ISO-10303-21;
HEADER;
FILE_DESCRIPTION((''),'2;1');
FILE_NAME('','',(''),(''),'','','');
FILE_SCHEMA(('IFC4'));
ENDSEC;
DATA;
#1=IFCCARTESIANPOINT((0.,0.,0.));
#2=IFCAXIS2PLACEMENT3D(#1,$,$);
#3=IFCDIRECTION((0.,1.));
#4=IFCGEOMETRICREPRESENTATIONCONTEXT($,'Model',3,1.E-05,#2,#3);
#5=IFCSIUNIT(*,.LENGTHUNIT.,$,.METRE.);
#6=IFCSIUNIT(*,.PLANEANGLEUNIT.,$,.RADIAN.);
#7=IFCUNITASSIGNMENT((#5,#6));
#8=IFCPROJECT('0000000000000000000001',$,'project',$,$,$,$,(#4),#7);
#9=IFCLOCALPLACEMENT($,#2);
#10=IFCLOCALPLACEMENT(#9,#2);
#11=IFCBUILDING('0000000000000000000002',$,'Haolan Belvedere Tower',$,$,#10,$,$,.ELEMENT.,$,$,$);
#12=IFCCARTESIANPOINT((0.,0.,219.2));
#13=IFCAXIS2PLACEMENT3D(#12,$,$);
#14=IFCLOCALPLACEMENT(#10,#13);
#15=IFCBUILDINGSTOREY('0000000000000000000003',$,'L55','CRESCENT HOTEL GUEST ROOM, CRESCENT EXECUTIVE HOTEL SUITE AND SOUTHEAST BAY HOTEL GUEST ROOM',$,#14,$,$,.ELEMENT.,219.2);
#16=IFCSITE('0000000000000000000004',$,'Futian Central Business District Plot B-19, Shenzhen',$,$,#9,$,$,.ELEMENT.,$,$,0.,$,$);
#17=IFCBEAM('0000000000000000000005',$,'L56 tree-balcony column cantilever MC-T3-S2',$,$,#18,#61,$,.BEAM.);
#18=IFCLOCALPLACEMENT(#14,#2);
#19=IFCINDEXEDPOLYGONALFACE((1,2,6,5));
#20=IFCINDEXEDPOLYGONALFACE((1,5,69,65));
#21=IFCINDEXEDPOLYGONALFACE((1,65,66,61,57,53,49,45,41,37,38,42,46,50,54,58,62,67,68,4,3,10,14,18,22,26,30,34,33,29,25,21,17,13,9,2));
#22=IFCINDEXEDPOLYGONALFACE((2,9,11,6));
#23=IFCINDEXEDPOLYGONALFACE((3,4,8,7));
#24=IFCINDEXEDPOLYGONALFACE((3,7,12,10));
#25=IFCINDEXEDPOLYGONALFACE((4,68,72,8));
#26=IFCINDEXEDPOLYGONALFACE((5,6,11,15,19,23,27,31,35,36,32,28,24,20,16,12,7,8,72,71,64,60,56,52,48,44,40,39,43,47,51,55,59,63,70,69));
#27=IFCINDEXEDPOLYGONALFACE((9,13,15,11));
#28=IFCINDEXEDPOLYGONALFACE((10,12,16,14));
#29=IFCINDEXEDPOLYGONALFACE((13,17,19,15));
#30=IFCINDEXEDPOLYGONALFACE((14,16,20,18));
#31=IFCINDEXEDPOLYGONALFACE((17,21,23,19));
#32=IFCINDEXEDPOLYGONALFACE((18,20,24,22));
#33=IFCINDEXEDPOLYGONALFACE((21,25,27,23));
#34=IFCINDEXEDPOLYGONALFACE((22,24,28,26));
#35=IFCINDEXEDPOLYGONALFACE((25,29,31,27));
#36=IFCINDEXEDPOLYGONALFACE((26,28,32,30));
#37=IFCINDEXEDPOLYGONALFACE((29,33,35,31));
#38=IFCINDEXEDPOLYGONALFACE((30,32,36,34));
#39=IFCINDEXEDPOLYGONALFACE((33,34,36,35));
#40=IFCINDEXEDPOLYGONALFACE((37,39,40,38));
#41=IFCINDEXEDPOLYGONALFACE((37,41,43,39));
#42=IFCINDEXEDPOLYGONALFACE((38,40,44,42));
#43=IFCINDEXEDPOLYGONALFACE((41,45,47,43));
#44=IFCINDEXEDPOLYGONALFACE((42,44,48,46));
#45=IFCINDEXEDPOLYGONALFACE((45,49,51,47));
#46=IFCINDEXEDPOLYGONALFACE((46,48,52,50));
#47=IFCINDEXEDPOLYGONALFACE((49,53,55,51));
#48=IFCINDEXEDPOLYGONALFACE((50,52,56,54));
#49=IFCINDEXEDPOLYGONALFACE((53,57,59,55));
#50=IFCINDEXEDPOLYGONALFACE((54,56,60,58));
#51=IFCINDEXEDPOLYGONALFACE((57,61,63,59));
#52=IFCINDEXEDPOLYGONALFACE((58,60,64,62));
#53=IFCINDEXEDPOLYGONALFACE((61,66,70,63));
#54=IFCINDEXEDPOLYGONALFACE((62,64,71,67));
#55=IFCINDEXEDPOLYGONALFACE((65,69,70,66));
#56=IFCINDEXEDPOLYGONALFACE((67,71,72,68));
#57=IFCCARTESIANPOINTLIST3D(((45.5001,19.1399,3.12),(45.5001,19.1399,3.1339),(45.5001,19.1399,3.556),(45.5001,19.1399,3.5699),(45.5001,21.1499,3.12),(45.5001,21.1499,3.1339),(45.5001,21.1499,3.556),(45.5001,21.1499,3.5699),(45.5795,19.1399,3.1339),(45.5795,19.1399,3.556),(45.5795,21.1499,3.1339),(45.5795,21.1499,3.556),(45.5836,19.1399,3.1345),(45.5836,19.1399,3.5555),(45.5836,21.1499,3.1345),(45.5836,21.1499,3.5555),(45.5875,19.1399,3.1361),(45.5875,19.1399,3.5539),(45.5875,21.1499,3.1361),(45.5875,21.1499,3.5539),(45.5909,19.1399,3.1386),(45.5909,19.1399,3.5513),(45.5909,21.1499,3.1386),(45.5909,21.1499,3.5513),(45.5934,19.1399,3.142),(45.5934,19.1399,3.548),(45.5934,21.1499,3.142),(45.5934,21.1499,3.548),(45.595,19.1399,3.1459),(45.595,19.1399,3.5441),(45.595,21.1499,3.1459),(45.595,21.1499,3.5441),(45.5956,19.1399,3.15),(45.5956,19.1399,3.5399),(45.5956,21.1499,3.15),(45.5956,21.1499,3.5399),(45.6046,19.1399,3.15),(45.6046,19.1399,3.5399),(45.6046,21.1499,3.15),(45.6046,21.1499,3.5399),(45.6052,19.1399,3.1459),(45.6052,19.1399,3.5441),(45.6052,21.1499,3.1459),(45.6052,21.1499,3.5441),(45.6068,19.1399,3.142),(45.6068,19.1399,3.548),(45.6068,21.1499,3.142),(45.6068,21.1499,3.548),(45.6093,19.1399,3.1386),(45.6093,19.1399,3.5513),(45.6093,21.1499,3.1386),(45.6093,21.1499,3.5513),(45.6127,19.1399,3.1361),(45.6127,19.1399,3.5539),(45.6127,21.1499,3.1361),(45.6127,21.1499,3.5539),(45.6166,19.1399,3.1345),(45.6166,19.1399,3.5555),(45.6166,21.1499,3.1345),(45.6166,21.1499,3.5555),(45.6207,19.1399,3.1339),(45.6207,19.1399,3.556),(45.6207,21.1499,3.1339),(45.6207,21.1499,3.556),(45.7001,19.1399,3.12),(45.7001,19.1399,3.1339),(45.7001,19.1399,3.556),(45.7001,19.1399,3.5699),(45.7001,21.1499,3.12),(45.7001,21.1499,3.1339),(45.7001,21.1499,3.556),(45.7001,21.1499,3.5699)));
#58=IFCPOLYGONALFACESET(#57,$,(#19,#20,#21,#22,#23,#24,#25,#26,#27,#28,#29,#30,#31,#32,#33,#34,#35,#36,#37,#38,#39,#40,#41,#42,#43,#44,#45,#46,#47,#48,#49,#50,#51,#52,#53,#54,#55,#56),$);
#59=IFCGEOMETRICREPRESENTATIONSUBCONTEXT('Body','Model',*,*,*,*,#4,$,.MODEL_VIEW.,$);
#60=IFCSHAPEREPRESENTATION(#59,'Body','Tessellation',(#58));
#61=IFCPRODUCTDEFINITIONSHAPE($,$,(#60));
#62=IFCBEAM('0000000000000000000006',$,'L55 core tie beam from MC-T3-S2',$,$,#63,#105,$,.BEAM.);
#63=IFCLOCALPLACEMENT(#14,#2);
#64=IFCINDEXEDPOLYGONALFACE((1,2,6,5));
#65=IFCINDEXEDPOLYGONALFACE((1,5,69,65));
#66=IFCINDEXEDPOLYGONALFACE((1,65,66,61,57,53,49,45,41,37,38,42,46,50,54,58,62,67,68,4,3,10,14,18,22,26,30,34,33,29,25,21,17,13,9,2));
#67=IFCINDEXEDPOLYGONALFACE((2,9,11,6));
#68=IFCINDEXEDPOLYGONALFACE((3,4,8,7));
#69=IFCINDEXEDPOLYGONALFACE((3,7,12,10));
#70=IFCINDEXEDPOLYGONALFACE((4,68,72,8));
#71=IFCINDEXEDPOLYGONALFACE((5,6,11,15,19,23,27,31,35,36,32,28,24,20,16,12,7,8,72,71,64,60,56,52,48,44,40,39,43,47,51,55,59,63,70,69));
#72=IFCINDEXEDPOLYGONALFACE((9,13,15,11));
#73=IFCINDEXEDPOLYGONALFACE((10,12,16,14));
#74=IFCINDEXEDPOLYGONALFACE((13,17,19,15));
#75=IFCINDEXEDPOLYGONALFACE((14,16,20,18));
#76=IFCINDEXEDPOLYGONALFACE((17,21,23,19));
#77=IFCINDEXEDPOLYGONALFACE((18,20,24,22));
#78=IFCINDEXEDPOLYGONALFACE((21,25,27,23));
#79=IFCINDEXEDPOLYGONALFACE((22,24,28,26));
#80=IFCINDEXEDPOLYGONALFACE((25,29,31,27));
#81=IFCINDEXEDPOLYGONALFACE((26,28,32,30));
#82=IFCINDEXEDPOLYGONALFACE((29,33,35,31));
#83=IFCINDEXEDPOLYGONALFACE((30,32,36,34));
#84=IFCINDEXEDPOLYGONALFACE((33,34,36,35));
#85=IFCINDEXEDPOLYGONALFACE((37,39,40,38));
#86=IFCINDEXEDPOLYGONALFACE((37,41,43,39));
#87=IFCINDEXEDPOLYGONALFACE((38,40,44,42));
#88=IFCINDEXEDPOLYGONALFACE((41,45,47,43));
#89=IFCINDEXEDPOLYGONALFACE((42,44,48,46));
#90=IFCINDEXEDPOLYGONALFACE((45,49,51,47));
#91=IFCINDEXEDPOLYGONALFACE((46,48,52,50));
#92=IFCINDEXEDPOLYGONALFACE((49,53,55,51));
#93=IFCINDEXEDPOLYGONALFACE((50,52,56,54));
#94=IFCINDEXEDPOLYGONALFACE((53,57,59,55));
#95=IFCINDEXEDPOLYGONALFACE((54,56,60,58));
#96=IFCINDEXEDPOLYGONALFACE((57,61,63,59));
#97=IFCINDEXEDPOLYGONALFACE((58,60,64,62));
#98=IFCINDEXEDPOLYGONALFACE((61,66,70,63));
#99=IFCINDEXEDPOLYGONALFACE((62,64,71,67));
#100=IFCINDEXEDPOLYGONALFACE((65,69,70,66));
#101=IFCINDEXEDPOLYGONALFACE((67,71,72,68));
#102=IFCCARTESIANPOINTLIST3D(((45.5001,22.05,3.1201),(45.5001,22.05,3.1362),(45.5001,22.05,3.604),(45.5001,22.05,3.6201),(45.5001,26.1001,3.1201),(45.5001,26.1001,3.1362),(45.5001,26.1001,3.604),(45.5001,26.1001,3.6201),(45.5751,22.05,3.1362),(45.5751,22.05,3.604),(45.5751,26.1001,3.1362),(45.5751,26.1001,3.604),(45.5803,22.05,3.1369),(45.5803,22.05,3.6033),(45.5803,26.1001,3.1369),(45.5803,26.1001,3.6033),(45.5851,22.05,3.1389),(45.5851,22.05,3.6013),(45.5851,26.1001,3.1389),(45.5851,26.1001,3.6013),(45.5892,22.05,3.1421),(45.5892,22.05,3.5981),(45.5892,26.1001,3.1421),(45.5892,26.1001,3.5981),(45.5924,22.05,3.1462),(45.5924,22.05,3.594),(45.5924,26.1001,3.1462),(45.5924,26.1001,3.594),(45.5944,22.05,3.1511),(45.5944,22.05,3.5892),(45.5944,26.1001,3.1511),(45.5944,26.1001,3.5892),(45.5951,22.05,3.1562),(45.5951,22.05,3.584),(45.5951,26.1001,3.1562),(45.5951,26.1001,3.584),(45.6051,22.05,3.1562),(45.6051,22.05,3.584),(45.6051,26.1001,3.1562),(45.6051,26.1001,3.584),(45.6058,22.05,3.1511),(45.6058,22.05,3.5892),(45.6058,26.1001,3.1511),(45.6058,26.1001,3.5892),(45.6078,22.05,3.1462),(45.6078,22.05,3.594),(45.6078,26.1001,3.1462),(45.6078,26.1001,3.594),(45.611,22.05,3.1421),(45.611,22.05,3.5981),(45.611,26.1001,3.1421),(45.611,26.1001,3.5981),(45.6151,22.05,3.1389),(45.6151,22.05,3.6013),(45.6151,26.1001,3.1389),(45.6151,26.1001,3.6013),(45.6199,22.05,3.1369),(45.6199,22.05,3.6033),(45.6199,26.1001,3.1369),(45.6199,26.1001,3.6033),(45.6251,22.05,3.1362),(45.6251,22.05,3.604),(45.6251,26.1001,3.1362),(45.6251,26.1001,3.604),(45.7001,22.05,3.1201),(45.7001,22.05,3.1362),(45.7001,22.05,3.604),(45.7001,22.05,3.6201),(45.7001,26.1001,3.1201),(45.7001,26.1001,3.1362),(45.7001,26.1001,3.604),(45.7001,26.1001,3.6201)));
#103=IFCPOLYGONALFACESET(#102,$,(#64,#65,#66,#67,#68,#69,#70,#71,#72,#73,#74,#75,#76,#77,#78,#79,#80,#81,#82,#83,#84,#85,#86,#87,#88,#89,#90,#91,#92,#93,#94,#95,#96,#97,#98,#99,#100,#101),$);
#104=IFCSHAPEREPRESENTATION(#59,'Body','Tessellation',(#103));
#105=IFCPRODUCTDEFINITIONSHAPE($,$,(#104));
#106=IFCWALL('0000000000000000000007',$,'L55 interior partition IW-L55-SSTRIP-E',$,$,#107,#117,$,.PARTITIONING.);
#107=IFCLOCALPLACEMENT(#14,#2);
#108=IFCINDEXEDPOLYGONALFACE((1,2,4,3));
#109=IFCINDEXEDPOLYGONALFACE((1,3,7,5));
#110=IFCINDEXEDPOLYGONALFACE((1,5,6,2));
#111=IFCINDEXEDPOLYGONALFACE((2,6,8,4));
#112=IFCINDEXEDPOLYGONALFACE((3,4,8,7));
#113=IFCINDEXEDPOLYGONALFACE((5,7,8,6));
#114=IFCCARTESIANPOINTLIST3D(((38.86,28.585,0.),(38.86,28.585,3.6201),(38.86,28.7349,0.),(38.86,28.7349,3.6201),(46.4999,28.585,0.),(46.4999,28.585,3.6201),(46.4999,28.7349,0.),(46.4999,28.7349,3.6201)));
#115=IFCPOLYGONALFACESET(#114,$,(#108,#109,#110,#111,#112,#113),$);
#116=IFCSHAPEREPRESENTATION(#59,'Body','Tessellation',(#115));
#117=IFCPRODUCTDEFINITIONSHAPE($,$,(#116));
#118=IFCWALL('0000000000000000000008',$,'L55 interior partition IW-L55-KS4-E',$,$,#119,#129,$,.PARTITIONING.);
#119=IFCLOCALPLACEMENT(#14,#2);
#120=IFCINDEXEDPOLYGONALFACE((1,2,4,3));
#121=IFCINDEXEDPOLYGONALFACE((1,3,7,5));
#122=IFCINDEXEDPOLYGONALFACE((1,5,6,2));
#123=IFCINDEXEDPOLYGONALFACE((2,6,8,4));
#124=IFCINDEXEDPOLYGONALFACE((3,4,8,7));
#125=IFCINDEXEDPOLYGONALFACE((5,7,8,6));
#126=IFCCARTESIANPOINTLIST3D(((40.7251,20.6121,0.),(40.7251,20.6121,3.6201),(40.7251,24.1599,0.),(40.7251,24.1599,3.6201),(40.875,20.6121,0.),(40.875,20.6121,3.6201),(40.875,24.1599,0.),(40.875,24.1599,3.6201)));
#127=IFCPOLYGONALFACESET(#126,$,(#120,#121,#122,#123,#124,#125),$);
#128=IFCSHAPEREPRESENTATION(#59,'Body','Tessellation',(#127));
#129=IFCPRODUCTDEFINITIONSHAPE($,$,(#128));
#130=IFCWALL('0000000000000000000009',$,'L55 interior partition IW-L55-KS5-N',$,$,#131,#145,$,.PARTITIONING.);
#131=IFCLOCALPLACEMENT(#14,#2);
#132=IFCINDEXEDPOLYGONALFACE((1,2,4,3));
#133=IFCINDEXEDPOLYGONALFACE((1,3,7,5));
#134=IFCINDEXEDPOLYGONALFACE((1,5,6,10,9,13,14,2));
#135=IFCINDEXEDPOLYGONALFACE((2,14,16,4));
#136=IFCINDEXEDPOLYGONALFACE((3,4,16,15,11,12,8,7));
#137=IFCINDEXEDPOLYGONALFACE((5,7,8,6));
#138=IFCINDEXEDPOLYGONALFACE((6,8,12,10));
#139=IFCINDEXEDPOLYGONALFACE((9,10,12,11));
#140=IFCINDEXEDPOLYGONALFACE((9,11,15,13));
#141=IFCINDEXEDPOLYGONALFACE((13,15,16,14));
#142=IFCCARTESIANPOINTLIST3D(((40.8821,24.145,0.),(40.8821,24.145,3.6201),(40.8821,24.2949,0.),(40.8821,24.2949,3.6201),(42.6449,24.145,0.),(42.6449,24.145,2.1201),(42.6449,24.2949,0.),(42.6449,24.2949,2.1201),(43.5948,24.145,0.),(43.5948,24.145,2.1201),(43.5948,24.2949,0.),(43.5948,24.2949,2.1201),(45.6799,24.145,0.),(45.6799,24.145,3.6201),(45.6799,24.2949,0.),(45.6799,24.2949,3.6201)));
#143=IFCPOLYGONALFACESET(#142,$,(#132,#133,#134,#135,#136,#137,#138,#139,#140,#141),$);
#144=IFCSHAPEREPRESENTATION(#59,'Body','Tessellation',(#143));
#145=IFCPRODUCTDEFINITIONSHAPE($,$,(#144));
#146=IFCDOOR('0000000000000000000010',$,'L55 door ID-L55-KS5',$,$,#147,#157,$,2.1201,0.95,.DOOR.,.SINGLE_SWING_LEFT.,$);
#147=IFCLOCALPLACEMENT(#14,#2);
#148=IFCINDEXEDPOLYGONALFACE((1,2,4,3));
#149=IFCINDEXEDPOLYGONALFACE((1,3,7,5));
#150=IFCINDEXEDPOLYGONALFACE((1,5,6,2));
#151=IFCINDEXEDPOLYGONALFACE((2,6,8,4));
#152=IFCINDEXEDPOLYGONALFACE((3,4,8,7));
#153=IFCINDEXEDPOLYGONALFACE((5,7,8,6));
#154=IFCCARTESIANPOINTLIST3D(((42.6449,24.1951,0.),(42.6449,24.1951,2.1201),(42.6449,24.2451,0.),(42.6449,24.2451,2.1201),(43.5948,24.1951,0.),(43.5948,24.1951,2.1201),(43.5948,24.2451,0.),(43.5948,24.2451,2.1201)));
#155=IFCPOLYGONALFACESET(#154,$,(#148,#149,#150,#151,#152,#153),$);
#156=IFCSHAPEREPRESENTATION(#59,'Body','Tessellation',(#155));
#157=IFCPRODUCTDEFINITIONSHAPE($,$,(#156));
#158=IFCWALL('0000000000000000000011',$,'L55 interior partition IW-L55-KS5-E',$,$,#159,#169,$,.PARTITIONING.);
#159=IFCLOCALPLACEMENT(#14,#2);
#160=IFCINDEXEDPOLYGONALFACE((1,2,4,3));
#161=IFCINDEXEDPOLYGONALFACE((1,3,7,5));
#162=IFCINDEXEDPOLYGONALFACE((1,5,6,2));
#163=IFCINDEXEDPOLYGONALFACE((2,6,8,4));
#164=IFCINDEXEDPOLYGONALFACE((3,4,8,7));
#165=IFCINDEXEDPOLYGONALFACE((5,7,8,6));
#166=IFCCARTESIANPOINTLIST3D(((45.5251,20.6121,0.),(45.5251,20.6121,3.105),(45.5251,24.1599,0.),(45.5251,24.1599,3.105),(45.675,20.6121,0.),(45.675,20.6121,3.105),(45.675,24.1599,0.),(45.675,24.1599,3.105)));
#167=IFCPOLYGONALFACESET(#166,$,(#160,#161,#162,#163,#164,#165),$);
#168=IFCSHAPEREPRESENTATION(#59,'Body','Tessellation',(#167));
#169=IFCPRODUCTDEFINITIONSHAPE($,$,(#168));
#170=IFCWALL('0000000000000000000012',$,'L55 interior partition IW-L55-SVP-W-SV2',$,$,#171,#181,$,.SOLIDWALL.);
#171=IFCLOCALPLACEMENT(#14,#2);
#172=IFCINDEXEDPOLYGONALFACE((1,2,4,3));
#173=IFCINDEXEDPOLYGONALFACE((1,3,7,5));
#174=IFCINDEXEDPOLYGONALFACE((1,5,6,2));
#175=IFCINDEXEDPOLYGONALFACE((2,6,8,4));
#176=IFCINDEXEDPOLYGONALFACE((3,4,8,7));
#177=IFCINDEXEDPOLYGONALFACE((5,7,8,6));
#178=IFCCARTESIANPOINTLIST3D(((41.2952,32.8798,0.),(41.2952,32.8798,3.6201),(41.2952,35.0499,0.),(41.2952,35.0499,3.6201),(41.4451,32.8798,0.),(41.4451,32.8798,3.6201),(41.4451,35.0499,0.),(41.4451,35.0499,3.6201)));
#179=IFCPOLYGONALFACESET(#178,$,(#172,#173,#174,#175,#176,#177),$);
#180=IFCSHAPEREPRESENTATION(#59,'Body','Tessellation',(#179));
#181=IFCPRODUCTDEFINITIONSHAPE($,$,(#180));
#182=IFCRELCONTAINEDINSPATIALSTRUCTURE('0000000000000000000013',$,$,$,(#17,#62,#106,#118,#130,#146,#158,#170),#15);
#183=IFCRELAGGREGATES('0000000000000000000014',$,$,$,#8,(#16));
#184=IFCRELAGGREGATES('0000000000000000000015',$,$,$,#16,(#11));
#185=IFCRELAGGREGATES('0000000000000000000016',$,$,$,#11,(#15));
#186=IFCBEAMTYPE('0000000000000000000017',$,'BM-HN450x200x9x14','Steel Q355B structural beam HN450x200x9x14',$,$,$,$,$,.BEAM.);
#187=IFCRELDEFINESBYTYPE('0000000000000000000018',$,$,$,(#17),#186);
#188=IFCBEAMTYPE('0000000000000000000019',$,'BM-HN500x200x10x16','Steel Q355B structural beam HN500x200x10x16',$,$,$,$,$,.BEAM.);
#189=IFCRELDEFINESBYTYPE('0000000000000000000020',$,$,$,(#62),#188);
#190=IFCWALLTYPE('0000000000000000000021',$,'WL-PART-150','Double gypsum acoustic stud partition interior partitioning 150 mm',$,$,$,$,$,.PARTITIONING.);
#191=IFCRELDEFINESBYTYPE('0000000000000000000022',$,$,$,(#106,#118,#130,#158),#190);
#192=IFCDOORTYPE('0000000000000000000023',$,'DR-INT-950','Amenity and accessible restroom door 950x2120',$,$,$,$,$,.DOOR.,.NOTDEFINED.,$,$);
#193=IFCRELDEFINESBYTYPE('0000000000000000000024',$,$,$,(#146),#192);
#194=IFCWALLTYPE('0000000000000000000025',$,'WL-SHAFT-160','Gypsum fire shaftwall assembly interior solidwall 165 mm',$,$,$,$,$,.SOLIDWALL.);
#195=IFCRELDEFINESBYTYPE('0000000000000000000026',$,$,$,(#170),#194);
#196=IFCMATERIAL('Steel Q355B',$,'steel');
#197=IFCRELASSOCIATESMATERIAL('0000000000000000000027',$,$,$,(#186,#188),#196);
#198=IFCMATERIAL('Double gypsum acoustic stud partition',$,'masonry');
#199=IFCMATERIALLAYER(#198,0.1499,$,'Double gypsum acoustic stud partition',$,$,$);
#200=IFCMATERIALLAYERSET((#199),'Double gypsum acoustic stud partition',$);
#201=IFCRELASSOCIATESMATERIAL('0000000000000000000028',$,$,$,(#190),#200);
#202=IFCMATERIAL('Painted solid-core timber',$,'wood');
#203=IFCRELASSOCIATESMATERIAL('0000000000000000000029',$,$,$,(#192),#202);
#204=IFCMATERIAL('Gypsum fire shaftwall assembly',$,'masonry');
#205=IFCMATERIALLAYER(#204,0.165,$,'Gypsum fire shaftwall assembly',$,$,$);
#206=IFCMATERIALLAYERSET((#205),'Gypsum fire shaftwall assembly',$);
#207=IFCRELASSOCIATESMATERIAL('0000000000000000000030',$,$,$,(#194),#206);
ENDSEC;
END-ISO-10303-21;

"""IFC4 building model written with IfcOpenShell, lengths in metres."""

from ifc_helpers import new_model, si_unit, direction, frame, frame_2d, origin, origin_2d, place, context, subcontext, project, spatial, rectangle, i_section, extrude, material, layer, layer_set, material_profile, profile_set, type_object, element, fill, save


model = new_model("IFC4")

# Units and contexts
model_context = context("Model", 3, precision=1e-05, world=origin(), true_north=direction((0.0, 1.0)))
body_context = subcontext(model_context, "Body", "Model", "MODEL_VIEW")
ifc_project = project(units=[si_unit("LENGTHUNIT", "METRE"), si_unit("PLANEANGLEUNIT", "RADIAN")], contexts=[model_context])

# Site, building, storey
site_placement = place(None, origin())
site = spatial("IfcSite", under=ifc_project, at=site_placement, Name="Futian Central Business District Plot B-19, Shenzhen", CompositionType="ELEMENT", RefElevation=0.0)
building_placement = place(site_placement, origin())
building = spatial("IfcBuilding", under=site, at=building_placement, Name="Haolan Belvedere Tower", CompositionType="ELEMENT")
storey_placement = place(building_placement, frame((0.0, 0.0, 219.2)))
storey = spatial("IfcBuildingStorey", under=building, at=storey_placement, Name="L55", Description="CRESCENT HOTEL GUEST ROOM, CRESCENT EXECUTIVE HOTEL SUITE AND SOUTHEAST BAY HOTEL GUEST ROOM", CompositionType="ELEMENT", Elevation=219.2)

# Beams
ifc_material_1 = material(Name="Steel Q355B", Category="steel")
ifc_material_profile_1 = material_profile(ifc_material_1, i_section(OverallWidth=0.2, OverallDepth=0.45, WebThickness=0.009, FlangeThickness=0.0139, FilletRadius=0.0161, at=origin_2d()), Name="Steel Q355B")
ifc_profile_set_1 = profile_set([ifc_material_profile_1], Name="Steel Q355B")
beam_type_1 = type_object("IfcBeamType", Name="BM-HN450x200x9x14", Description="Steel Q355B structural beam HN450x200x9x14", PredefinedType="BEAM", material=ifc_profile_set_1)
beam_1_placement = place(storey_placement, frame((45.6001, 21.1499, 3.345), z_axis=(0.0, -1.0, 0.0), x_axis=(1.0, 0.0, 0.0)))
element("IfcBeam", 1, at=beam_1_placement, inside=storey, type_object=beam_type_1, Name="L56 tree-balcony column cantilever MC-T3-S2", PredefinedType="BEAM", context=body_context, shape_type="SweptSolid", body=[
    extrude(i_section(OverallWidth=0.2, OverallDepth=0.45, WebThickness=0.009, FlangeThickness=0.0139, FilletRadius=0.0161, at=origin_2d()), origin(), (0.0, 0.0, 1.0), 2.01),
])
ifc_material_profile_2 = material_profile(ifc_material_1, i_section(OverallWidth=0.2, OverallDepth=0.5, WebThickness=0.01, FlangeThickness=0.0161, FilletRadius=0.02, at=origin_2d()), Name="Steel Q355B")
ifc_profile_set_2 = profile_set([ifc_material_profile_2], Name="Steel Q355B")
beam_type_2 = type_object("IfcBeamType", Name="BM-HN500x200x10x16", Description="Steel Q355B structural beam HN500x200x10x16", PredefinedType="BEAM", material=ifc_profile_set_2)
beam_2_placement = place(storey_placement, frame((45.6001, 22.05, 3.3701), z_axis=(0.0, 1.0, 0.0), x_axis=(-1.0, 0.0, 0.0)))
element("IfcBeam", 2, at=beam_2_placement, inside=storey, type_object=beam_type_2, Name="L55 core tie beam from MC-T3-S2", PredefinedType="BEAM", context=body_context, shape_type="SweptSolid", body=[
    extrude(i_section(OverallWidth=0.2, OverallDepth=0.5, WebThickness=0.01, FlangeThickness=0.0161, FilletRadius=0.02, at=origin_2d()), origin(), (0.0, 0.0, 1.0), 4.05),
])

# Walls
ifc_material_2 = material(Name="Double gypsum acoustic stud partition", Category="masonry")
ifc_layer_1 = layer(ifc_material_2, 0.1499, Name="Double gypsum acoustic stud partition")
ifc_layer_set_1 = layer_set([ifc_layer_1], Name="Double gypsum acoustic stud partition")
wall_type_1 = type_object("IfcWallType", Name="WL-PART-150", Description="Double gypsum acoustic stud partition interior partitioning 150 mm", PredefinedType="PARTITIONING", material=ifc_layer_set_1)
wall_1_placement = place(storey_placement, frame((38.8601, 28.6599, 0.0), z_axis=(0.0, 0.0, 1.0), x_axis=(1.0, 0.0, 0.0)))
element("IfcWall", 3, at=wall_1_placement, inside=storey, type_object=wall_type_1, Name="L55 interior partition IW-L55-SSTRIP-E", PredefinedType="PARTITIONING", context=body_context, shape_type="SweptSolid", body=[
    extrude(rectangle(XDim=7.6399, YDim=0.1499, at=frame_2d((3.8198, 0.0))), origin(), (0.0, 0.0, 1.0), 3.6201),
])
wall_2_placement = place(storey_placement, frame((40.8, 20.6121, 0.0), z_axis=(0.0, 0.0, 1.0), x_axis=(0.0, 1.0, 0.0)))
element("IfcWall", 4, at=wall_2_placement, inside=storey, type_object=wall_type_1, Name="L55 interior partition IW-L55-KS4-E", PredefinedType="PARTITIONING", context=body_context, shape_type="SweptSolid", body=[
    extrude(rectangle(XDim=3.5479, YDim=0.1499, at=frame_2d((1.7739, 0.0))), origin(), (0.0, 0.0, 1.0), 3.6201),
])

# Wall, opening, door
wall_3_placement = place(storey_placement, frame((40.8821, 24.22, 0.0), z_axis=(0.0, 0.0, 1.0), x_axis=(1.0, 0.0, 0.0)))
wall_3 = element("IfcWall", 5, at=wall_3_placement, inside=storey, type_object=wall_type_1, Name="L55 interior partition IW-L55-KS5-N", PredefinedType="PARTITIONING", context=body_context, shape_type="SweptSolid", body=[
    extrude(rectangle(XDim=4.7979, YDim=0.1499, at=frame_2d((2.3989, 0.0))), origin(), (0.0, 0.0, 1.0), 3.6201),
])
opening_1_placement = place(wall_3_placement, frame((2.7129, 0.0, 0.0), z_axis=(0.0, 0.0, 1.0), x_axis=(-1.0, 0.0, 0.0)))
opening_1 = element("IfcOpeningElement", 6, at=opening_1_placement, cuts=wall_3, PredefinedType="OPENING", context=body_context, shape_type="SweptSolid", body=[
    extrude(rectangle(XDim=0.95, YDim=2.1201, at=frame_2d((0.4751, 1.0601))), frame((0.0, 0.085, 0.0), z_axis=(0.0, -1.0, 0.0), x_axis=(1.0, 0.0, 0.0)), (0.0, 0.0, 1.0), 0.1699),
])
ifc_material_3 = material(Name="Painted solid-core timber", Category="wood")
door_type_1 = type_object("IfcDoorType", Name="DR-INT-950", Description="Amenity and accessible restroom door 950x2120", OperationType="NOTDEFINED", PredefinedType="DOOR", material=ifc_material_3)
door_1_placement = place(opening_1_placement, origin())
door_1 = element("IfcDoor", 7, at=door_1_placement, inside=storey, type_object=door_type_1, Name="L55 door ID-L55-KS5", OperationType="SINGLE_SWING_LEFT", OverallHeight=2.1201, OverallWidth=0.95, PredefinedType="DOOR", context=body_context, shape_type="SweptSolid", body=[
    extrude(rectangle(XDim=0.95, YDim=2.1201, at=frame_2d((0.4751, 1.0601))), frame((0.0, 0.0249, 0.0), z_axis=(0.0, -1.0, 0.0), x_axis=(1.0, 0.0, 0.0)), (0.0, 0.0, 1.0), 0.05),
])
fill(opening_1, door_1)

# Wall
wall_4_placement = place(storey_placement, frame((45.6001, 20.6121, 0.0), z_axis=(0.0, 0.0, 1.0), x_axis=(0.0, 1.0, 0.0)))
element("IfcWall", 8, at=wall_4_placement, inside=storey, type_object=wall_type_1, Name="L55 interior partition IW-L55-KS5-E", PredefinedType="PARTITIONING", context=body_context, shape_type="SweptSolid", body=[
    extrude(rectangle(XDim=3.5479, YDim=0.1499, at=frame_2d((1.7739, 0.0))), origin(), (0.0, 0.0, 1.0), 3.105),
])

# Wall
ifc_material_4 = material(Name="Gypsum fire shaftwall assembly", Category="masonry")
ifc_layer_2 = layer(ifc_material_4, 0.165, Name="Gypsum fire shaftwall assembly")
ifc_layer_set_2 = layer_set([ifc_layer_2], Name="Gypsum fire shaftwall assembly")
wall_type_2 = type_object("IfcWallType", Name="WL-SHAFT-160", Description="Gypsum fire shaftwall assembly interior solidwall 165 mm", PredefinedType="SOLIDWALL", material=ifc_layer_set_2)
for number, where, z_axis, x_axis, name in (
    (9, (41.3701, 32.8799, 0.0), (0.0, 0.0, 1.0), (0.0, 1.0, 0.0), "L55 interior partition IW-L55-SVP-W-SV2"),
):
    element("IfcWall", number, at=place(storey_placement, frame(where, z_axis=z_axis, x_axis=x_axis)), inside=storey, type_object=wall_type_2, Name=name, PredefinedType="SOLIDWALL", context=body_context, shape_type="SweptSolid", body=[
        extrude(rectangle(XDim=2.1702, YDim=0.1499, at=frame_2d((1.085, 0.0))), origin(), (0.0, 0.0, 1.0), 3.6201),
    ])

save(model, "model.ifc")
